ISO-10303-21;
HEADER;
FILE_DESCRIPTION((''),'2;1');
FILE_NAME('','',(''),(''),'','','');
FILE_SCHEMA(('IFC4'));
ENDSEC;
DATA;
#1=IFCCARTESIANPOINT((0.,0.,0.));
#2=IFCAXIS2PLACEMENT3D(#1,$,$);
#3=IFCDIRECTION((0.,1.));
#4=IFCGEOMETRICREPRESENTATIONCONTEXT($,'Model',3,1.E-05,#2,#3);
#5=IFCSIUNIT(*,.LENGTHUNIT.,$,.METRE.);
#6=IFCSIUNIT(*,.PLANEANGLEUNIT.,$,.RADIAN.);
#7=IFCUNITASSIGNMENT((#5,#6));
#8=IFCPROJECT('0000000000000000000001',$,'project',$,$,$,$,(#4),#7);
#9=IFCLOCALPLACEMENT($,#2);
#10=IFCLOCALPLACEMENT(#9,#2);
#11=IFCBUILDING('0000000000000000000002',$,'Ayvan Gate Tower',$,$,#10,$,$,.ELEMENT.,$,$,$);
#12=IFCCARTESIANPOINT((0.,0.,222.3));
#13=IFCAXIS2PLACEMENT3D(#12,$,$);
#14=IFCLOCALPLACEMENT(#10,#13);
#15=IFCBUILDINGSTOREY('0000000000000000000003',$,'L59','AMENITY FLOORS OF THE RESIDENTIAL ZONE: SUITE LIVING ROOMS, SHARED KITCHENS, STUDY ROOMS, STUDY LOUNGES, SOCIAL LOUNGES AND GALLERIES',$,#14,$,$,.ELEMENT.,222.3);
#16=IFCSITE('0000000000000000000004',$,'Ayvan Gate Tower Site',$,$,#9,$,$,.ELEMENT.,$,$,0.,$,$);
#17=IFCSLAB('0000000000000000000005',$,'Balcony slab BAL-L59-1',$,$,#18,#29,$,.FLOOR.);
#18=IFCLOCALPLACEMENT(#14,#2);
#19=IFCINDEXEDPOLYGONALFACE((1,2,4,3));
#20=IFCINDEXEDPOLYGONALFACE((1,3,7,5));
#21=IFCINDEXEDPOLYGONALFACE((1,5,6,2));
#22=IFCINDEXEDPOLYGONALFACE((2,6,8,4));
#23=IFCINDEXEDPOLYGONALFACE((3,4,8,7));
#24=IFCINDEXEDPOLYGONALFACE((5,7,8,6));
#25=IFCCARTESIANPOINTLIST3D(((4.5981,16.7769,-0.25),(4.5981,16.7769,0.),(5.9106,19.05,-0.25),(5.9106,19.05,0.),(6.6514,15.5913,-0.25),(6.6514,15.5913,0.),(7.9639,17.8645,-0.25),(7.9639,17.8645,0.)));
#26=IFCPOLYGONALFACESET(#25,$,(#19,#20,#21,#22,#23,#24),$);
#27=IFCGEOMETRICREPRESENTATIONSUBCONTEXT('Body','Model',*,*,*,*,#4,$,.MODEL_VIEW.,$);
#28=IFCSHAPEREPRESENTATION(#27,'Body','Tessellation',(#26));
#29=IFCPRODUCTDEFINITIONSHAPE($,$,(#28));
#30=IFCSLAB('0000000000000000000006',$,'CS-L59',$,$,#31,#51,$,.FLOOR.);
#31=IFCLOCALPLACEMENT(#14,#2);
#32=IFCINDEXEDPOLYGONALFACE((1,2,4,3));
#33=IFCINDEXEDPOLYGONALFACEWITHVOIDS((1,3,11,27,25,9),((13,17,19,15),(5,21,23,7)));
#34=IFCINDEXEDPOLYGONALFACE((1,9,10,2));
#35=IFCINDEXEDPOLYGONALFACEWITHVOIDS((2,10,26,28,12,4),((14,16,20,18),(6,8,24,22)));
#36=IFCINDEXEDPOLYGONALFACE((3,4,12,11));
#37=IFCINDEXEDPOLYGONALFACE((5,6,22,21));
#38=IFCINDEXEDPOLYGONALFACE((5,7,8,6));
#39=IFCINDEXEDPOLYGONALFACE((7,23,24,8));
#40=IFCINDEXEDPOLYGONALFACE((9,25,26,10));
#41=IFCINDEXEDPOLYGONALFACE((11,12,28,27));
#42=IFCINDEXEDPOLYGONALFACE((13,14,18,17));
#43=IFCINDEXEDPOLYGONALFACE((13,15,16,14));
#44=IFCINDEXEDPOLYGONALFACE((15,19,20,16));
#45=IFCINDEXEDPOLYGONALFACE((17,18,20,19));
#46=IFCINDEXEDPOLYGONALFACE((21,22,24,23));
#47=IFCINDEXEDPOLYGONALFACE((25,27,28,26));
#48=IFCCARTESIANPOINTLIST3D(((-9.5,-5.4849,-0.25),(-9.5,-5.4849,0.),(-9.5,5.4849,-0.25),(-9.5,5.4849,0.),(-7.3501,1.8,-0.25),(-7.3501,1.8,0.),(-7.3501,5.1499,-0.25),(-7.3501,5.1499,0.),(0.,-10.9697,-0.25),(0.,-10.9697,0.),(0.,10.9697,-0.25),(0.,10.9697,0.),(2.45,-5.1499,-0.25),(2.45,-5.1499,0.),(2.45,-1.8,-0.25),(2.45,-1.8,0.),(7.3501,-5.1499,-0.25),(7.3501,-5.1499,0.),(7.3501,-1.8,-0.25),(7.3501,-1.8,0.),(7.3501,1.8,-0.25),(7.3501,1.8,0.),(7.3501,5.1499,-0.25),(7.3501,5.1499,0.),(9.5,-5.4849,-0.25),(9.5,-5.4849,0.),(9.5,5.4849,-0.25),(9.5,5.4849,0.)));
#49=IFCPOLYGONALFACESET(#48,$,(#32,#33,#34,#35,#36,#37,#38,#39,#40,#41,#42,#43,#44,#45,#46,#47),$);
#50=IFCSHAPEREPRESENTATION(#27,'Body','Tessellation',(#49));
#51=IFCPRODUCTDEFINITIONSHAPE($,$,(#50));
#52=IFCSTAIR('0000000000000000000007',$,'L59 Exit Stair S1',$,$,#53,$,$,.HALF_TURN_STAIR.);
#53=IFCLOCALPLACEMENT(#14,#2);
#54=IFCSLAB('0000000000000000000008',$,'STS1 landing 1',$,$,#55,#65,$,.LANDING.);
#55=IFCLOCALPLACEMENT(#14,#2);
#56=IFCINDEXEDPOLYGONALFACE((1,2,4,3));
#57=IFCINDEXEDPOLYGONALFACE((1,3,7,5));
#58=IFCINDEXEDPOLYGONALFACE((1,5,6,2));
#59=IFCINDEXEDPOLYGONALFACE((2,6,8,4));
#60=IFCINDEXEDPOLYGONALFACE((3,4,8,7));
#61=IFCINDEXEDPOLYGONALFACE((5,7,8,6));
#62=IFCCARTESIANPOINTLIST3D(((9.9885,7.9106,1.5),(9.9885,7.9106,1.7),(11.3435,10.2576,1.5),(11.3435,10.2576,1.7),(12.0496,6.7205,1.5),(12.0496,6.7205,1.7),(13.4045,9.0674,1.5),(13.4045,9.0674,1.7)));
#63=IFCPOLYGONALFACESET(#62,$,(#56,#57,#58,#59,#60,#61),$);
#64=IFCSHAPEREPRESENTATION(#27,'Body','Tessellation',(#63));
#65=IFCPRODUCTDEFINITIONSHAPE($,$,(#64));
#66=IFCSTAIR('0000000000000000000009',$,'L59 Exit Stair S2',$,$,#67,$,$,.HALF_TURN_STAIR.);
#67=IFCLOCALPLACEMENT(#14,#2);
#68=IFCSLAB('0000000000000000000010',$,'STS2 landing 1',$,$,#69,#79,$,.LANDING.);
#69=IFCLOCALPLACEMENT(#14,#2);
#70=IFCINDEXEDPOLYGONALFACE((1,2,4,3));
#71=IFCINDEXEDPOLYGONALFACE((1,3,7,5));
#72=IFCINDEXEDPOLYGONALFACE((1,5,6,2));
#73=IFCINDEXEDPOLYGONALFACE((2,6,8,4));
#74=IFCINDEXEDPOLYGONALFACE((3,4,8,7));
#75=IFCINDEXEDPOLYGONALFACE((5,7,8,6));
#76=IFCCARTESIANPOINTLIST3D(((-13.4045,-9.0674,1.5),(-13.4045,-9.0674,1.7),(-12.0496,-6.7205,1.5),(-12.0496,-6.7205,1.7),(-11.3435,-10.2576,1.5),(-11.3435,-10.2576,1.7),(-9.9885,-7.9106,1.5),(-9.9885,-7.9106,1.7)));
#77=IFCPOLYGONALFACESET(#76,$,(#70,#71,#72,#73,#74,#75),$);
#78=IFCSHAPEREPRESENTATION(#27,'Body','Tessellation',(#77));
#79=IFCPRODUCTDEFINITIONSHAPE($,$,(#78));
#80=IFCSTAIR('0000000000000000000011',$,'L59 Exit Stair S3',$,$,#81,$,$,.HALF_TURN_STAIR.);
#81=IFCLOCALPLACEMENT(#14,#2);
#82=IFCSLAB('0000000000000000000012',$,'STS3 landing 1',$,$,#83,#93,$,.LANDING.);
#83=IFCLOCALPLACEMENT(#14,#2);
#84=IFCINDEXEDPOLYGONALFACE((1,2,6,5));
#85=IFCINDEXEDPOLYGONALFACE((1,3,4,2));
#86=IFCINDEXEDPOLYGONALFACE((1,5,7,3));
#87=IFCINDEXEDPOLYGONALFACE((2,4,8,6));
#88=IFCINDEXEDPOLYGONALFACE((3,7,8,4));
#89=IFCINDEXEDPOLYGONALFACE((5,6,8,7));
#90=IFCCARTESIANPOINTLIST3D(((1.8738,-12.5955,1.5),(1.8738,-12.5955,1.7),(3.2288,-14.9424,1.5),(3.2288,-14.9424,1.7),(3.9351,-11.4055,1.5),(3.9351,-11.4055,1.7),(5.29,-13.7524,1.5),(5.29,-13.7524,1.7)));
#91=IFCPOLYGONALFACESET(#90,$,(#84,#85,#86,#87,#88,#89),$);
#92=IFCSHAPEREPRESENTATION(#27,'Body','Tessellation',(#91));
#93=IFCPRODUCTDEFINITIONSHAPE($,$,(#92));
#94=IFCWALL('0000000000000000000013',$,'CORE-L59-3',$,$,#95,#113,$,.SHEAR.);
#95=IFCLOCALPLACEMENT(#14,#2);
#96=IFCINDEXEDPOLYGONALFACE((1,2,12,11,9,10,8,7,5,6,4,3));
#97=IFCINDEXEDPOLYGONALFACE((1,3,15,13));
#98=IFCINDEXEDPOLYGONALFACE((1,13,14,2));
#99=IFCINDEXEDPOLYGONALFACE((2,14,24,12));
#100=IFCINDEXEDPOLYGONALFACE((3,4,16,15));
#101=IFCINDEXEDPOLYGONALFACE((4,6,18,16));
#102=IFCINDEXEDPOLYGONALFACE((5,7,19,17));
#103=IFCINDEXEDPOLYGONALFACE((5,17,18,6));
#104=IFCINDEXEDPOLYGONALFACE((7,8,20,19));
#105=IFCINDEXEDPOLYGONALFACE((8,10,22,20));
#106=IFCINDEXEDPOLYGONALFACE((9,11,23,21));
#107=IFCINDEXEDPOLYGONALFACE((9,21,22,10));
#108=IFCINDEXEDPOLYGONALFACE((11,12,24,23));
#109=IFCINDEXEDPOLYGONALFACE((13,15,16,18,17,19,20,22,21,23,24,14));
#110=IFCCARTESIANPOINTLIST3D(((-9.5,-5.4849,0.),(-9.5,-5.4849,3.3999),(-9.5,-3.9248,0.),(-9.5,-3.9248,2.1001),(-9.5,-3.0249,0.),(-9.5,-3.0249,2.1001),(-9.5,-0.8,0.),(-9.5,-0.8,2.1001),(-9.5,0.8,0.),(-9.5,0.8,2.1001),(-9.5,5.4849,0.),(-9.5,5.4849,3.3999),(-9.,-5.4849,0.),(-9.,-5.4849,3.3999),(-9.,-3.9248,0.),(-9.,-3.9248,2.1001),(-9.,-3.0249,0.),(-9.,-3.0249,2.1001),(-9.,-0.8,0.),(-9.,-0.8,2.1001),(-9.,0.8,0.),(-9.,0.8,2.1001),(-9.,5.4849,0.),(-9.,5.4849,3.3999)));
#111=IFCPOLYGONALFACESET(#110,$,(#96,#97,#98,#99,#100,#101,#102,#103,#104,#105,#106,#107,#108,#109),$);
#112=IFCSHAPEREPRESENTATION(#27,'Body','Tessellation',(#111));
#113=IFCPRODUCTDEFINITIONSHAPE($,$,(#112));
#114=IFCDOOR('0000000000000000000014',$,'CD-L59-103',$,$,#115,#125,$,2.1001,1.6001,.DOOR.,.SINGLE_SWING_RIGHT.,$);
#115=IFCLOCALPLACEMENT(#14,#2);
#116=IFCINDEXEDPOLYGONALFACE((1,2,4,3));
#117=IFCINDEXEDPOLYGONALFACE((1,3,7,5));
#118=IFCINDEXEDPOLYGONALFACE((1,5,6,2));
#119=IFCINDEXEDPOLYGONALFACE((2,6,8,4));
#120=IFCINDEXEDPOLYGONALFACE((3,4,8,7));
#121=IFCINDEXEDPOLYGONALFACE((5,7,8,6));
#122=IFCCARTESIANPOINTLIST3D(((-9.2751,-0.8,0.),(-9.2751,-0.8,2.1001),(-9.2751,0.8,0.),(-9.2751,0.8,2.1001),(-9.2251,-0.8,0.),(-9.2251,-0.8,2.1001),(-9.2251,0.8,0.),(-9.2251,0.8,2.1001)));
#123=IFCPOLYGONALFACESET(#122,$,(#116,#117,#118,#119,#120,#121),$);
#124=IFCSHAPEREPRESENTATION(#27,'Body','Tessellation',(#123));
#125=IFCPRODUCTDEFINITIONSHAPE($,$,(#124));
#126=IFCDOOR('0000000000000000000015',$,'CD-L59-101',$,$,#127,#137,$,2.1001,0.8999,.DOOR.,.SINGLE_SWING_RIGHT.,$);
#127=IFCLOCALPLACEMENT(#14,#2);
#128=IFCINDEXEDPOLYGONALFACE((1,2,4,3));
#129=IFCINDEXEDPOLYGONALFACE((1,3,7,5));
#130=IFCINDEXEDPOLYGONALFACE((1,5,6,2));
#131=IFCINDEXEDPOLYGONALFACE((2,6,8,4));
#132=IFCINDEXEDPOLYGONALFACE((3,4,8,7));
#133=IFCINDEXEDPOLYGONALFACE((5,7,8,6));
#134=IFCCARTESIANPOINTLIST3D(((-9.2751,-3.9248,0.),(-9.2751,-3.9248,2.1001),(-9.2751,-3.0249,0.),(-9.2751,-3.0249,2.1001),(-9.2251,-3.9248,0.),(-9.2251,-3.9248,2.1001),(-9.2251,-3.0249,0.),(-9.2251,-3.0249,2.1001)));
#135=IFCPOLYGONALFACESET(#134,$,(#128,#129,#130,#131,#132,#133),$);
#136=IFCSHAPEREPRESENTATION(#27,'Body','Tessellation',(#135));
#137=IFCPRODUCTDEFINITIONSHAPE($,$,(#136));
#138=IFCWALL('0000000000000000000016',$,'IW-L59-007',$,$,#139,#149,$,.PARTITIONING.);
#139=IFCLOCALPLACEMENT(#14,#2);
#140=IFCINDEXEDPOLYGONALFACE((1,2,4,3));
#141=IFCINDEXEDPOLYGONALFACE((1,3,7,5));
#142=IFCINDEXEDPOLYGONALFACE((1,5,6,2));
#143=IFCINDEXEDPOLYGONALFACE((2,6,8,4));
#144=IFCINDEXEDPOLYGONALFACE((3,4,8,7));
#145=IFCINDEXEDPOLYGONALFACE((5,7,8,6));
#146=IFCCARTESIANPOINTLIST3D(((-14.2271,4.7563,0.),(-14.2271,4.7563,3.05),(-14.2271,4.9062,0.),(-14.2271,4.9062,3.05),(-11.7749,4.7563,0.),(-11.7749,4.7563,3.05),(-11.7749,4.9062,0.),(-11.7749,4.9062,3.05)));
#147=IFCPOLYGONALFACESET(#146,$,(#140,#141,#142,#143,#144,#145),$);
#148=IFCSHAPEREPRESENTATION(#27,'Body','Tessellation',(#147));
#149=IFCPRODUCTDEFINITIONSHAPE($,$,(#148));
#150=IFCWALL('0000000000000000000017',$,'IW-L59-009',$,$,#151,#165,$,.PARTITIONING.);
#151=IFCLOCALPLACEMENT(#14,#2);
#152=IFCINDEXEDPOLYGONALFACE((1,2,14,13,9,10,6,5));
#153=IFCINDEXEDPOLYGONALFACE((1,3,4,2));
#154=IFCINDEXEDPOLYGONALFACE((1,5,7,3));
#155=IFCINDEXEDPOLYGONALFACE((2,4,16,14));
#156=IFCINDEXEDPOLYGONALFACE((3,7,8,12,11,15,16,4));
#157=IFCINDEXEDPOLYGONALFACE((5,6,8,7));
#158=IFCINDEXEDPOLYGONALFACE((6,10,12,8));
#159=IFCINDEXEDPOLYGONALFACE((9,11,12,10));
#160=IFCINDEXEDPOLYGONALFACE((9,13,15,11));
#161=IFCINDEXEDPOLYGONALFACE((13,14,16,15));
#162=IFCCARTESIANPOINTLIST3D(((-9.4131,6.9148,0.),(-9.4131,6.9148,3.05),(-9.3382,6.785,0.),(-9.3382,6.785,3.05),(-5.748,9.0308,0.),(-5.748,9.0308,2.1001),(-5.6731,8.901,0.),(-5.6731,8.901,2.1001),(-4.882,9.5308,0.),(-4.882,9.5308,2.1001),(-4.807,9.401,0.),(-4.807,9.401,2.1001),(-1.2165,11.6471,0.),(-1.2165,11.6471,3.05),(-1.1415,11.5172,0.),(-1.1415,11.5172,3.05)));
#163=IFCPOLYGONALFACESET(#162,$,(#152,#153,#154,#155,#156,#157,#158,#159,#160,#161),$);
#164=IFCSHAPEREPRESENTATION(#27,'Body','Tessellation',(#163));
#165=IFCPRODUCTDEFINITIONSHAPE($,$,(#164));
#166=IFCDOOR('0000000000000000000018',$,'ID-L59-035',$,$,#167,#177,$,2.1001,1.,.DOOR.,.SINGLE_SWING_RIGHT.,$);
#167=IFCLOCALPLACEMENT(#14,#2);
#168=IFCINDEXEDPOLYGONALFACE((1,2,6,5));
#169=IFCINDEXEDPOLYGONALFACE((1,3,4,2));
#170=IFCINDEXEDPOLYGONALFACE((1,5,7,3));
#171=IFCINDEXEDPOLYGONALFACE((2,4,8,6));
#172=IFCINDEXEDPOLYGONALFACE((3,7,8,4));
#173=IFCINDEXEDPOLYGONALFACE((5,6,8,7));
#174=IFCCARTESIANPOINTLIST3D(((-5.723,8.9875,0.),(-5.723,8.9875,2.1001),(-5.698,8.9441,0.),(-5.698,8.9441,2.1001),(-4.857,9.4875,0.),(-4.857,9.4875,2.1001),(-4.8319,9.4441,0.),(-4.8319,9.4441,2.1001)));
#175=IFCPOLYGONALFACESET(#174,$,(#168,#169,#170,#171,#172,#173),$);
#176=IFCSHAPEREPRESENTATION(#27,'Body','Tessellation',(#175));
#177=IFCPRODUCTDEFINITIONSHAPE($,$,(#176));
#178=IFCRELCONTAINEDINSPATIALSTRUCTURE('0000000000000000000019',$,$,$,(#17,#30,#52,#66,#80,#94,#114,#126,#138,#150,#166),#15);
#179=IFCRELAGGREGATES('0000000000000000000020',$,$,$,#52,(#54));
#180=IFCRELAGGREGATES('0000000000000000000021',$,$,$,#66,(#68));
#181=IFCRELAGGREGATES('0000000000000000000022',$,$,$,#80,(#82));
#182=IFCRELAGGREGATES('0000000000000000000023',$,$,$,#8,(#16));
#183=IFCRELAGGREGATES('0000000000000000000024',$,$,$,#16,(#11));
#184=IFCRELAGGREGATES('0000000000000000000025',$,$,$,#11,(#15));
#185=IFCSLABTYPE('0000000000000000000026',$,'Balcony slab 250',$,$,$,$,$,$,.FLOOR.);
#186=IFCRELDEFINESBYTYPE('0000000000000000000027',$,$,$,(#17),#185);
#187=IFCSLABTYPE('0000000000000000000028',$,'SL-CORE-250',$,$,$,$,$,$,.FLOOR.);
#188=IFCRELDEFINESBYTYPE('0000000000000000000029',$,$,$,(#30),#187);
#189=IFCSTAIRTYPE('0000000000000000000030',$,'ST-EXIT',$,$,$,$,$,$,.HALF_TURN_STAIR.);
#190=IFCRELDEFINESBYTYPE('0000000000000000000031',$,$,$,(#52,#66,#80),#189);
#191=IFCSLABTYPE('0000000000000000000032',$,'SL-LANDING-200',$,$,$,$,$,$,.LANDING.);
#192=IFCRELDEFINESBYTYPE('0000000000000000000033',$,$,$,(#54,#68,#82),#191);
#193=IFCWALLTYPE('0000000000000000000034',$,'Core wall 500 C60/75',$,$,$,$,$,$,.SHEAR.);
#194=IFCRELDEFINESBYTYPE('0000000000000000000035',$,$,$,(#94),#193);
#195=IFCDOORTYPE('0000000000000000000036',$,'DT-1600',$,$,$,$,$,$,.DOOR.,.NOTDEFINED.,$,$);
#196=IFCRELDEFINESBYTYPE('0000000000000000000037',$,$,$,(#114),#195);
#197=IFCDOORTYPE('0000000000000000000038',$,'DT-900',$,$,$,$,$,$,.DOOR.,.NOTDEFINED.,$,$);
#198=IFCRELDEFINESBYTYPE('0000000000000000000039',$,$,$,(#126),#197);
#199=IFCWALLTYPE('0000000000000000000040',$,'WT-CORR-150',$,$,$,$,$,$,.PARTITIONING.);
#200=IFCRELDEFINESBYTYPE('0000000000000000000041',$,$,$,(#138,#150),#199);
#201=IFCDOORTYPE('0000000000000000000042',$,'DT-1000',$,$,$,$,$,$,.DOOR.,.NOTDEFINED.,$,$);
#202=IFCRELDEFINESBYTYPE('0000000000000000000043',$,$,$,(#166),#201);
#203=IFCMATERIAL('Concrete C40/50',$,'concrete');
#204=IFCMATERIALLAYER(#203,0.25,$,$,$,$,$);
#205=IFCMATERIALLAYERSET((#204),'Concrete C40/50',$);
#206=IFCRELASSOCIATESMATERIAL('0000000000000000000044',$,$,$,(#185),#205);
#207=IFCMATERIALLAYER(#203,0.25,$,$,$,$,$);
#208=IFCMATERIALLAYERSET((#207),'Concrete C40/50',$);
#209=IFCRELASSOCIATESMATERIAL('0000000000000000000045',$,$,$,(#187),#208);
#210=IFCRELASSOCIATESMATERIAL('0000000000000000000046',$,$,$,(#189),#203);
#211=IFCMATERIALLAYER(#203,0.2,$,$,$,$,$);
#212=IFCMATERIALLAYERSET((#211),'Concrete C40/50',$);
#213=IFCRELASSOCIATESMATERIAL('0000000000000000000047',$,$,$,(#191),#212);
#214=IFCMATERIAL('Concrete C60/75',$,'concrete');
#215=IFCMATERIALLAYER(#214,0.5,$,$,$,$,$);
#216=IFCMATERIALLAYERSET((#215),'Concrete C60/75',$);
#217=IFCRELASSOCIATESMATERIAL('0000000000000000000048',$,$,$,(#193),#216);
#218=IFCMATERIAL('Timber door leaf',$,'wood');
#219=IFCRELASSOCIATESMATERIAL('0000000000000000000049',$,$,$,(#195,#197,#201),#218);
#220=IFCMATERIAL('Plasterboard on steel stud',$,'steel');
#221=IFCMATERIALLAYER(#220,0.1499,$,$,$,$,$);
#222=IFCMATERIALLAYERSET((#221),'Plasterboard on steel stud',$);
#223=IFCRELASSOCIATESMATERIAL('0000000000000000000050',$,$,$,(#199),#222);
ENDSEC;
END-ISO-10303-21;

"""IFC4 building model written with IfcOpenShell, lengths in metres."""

from ifc_helpers import new_model, si_unit, direction, frame, frame_2d, origin, place, context, subcontext, project, spatial, polyline, rectangle, outline, extrude, material, layer, layer_set, type_object, element, fill, aggregate, save


model = new_model("IFC4")

# Units and contexts
model_context = context("Model", 3, precision=1e-05, world=origin(), true_north=direction((0.0, 1.0)))
body_context = subcontext(model_context, "Body", "Model", "MODEL_VIEW")
ifc_project = project(units=[si_unit("LENGTHUNIT", "METRE"), si_unit("PLANEANGLEUNIT", "RADIAN")], contexts=[model_context])

# Site, building, storey
site_placement = place(None, origin())
site = spatial("IfcSite", under=ifc_project, at=site_placement, Name="Ayvan Gate Tower Site", CompositionType="ELEMENT", RefElevation=0.0)
building_placement = place(site_placement, origin())
building = spatial("IfcBuilding", under=site, at=building_placement, Name="Ayvan Gate Tower", CompositionType="ELEMENT")
storey_placement = place(building_placement, frame((0.0, 0.0, 222.3)))
storey = spatial("IfcBuildingStorey", under=building, at=storey_placement, Name="L59", Description="AMENITY FLOORS OF THE RESIDENTIAL ZONE: SUITE LIVING ROOMS, SHARED KITCHENS, STUDY ROOMS, STUDY LOUNGES, SOCIAL LOUNGES AND GALLERIES", CompositionType="ELEMENT", Elevation=222.3)

# Slabs
ifc_material_1 = material(Name="Concrete C40/50", Category="concrete")
ifc_layer_1 = layer(ifc_material_1, 0.25)
ifc_layer_set_1 = layer_set([ifc_layer_1], Name="Concrete C40/50")
slab_type_1 = type_object("IfcSlabType", Name="Balcony slab 250", PredefinedType="FLOOR", material=ifc_layer_set_1)
slab_1_placement = place(storey_placement, frame((0.0, 0.0, -0.25)))
element("IfcSlab", 1, at=slab_1_placement, inside=storey, type_object=slab_type_1, Name="Balcony slab BAL-L59-1", PredefinedType="FLOOR", context=body_context, shape_type="SweptSolid", body=[
    extrude(outline(polyline([(6.6514, 15.5913), (4.5981, 16.7769), (5.9106, 19.05), (7.9639, 17.8645), (6.6514, 15.5913)])), origin(), (0.0, 0.0, 1.0), 0.25),
])
ifc_layer_2 = layer(ifc_material_1, 0.25)
ifc_layer_set_2 = layer_set([ifc_layer_2], Name="Concrete C40/50")
slab_type_2 = type_object("IfcSlabType", Name="SL-CORE-250", PredefinedType="FLOOR", material=ifc_layer_set_2)
slab_2_placement = place(storey_placement, frame((0.0, 0.0, -0.25)))
element("IfcSlab", 2, at=slab_2_placement, inside=storey, type_object=slab_type_2, Name="CS-L59", PredefinedType="FLOOR", context=body_context, shape_type="SweptSolid", body=[
    extrude(outline(polyline([(9.5, -5.4849), (0.0, -10.9697), (-9.5, -5.4849), (-9.5, 5.4849), (0.0, 10.9697), (9.5, 5.4849), (9.5, -5.4849)]), holes=[polyline([(-7.3501, 5.1499), (-7.3501, 1.8), (7.3501, 1.8), (7.3501, 5.1499), (-7.3501, 5.1499)]), polyline([(2.45, -1.8), (2.45, -5.1499), (7.3501, -5.1499), (7.3501, -1.8), (2.45, -1.8)])]), origin(), (0.0, 0.0, 1.0), 0.25),
])

# Stairs, slabs
stair_type = type_object("IfcStairType", Name="ST-EXIT", PredefinedType="HALF_TURN_STAIR", material=ifc_material_1)
stair_1_placement = place(storey_placement, origin())
stair_1 = element("IfcStair", 3, at=stair_1_placement, inside=storey, type_object=stair_type, Name="L59 Exit Stair S1", PredefinedType="HALF_TURN_STAIR")
ifc_layer_3 = layer(ifc_material_1, 0.2)
ifc_layer_set_3 = layer_set([ifc_layer_3], Name="Concrete C40/50")
slab_type_3 = type_object("IfcSlabType", Name="SL-LANDING-200", PredefinedType="LANDING", material=ifc_layer_set_3)
slab_3_placement = place(storey_placement, frame((0.0, 0.0, 1.5)))
slab_3 = element("IfcSlab", 4, at=slab_3_placement, type_object=slab_type_3, Name="STS1 landing 1", PredefinedType="LANDING", context=body_context, shape_type="SweptSolid", body=[
    extrude(outline(polyline([(9.9885, 7.9106), (12.0496, 6.7205), (13.4045, 9.0674), (11.3435, 10.2576), (9.9885, 7.9106)])), origin(), (0.0, 0.0, 1.0), 0.2),
])
aggregate(stair_1, [slab_3])
stair_2_placement = place(storey_placement, origin())
stair_2 = element("IfcStair", 5, at=stair_2_placement, inside=storey, type_object=stair_type, Name="L59 Exit Stair S2", PredefinedType="HALF_TURN_STAIR")
slab_4_placement = place(storey_placement, frame((0.0, 0.0, 1.5)))
slab_4 = element("IfcSlab", 6, at=slab_4_placement, type_object=slab_type_3, Name="STS2 landing 1", PredefinedType="LANDING", context=body_context, shape_type="SweptSolid", body=[
    extrude(outline(polyline([(-9.9885, -7.9106), (-12.0496, -6.7205), (-13.4045, -9.0674), (-11.3435, -10.2576), (-9.9885, -7.9106)])), origin(), (0.0, 0.0, 1.0), 0.2),
])
aggregate(stair_2, [slab_4])
stair_3_placement = place(storey_placement, origin())
stair_3 = element("IfcStair", 7, at=stair_3_placement, inside=storey, type_object=stair_type, Name="L59 Exit Stair S3", PredefinedType="HALF_TURN_STAIR")
slab_5_placement = place(storey_placement, frame((0.0, 0.0, 1.5)))
slab_5 = element("IfcSlab", 8, at=slab_5_placement, type_object=slab_type_3, Name="STS3 landing 1", PredefinedType="LANDING", context=body_context, shape_type="SweptSolid", body=[
    extrude(outline(polyline([(3.9351, -11.4055), (1.8738, -12.5955), (3.2288, -14.9424), (5.29, -13.7524), (3.9351, -11.4055)])), origin(), (0.0, 0.0, 1.0), 0.2),
])
aggregate(stair_3, [slab_5])

# Wall, openings, doors
ifc_material_2 = material(Name="Concrete C60/75", Category="concrete")
ifc_layer_4 = layer(ifc_material_2, 0.5)
ifc_layer_set_4 = layer_set([ifc_layer_4], Name="Concrete C60/75")
wall_type_1 = type_object("IfcWallType", Name="Core wall 500 C60/75", PredefinedType="SHEAR", material=ifc_layer_set_4)
wall_1_placement = place(storey_placement, frame((-9.25, 5.4849, 0.0), z_axis=(0.0, 0.0, 1.0), x_axis=(0.0, -1.0, 0.0)))
wall_1 = element("IfcWall", 9, at=wall_1_placement, inside=storey, type_object=wall_type_1, Name="CORE-L59-3", PredefinedType="SHEAR", context=body_context, shape_type="SweptSolid", body=[
    extrude(rectangle(XDim=10.9697, YDim=0.5, at=frame_2d((5.4849, 0.0))), origin(), (0.0, 0.0, 1.0), 3.3999),
])
opening_1_placement = place(wall_1_placement, frame((8.5098, 0.0, 0.0)))
opening_1 = element("IfcOpeningElement", 10, at=opening_1_placement, cuts=wall_1, PredefinedType="OPENING", context=body_context, shape_type="SweptSolid", body=[
    extrude(rectangle(XDim=0.8999, YDim=2.1001, at=frame_2d((0.45, 1.05))), frame((0.0, 0.26, 0.0), z_axis=(0.0, -1.0, 0.0), x_axis=(1.0, 0.0, 0.0)), (0.0, 0.0, 1.0), 0.52),
])
opening_2_placement = place(wall_1_placement, frame((4.6848, 0.0, 0.0)))
opening_2 = element("IfcOpeningElement", 11, at=opening_2_placement, cuts=wall_1, PredefinedType="OPENING", context=body_context, shape_type="SweptSolid", body=[
    extrude(rectangle(XDim=1.6001, YDim=2.1001, at=frame_2d((0.8, 1.05))), frame((0.0, 0.26, 0.0), z_axis=(0.0, -1.0, 0.0), x_axis=(1.0, 0.0, 0.0)), (0.0, 0.0, 1.0), 0.52),
])
ifc_material_3 = material(Name="Timber door leaf", Category="wood")
door_type_1 = type_object("IfcDoorType", Name="DT-1600", OperationType="NOTDEFINED", PredefinedType="DOOR", material=ifc_material_3)
door_1_placement = place(opening_2_placement, origin())
door_1 = element("IfcDoor", 12, at=door_1_placement, inside=storey, type_object=door_type_1, Name="CD-L59-103", OperationType="SINGLE_SWING_RIGHT", OverallHeight=2.1001, OverallWidth=1.6001, PredefinedType="DOOR", context=body_context, shape_type="SweptSolid", body=[
    extrude(rectangle(XDim=1.6001, YDim=2.1001, at=frame_2d((0.8, 1.05))), frame((0.0, 0.0249, 0.0), z_axis=(0.0, -1.0, 0.0), x_axis=(1.0, 0.0, 0.0)), (0.0, 0.0, 1.0), 0.05),
])
fill(opening_2, door_1)
door_type_2 = type_object("IfcDoorType", Name="DT-900", OperationType="NOTDEFINED", PredefinedType="DOOR", material=ifc_material_3)
door_2_placement = place(opening_1_placement, origin())
door_2 = element("IfcDoor", 13, at=door_2_placement, inside=storey, type_object=door_type_2, Name="CD-L59-101", OperationType="SINGLE_SWING_RIGHT", OverallHeight=2.1001, OverallWidth=0.8999, PredefinedType="DOOR", context=body_context, shape_type="SweptSolid", body=[
    extrude(rectangle(XDim=0.8999, YDim=2.1001, at=frame_2d((0.45, 1.05))), frame((0.0, 0.0249, 0.0), z_axis=(0.0, -1.0, 0.0), x_axis=(1.0, 0.0, 0.0)), (0.0, 0.0, 1.0), 0.05),
])
fill(opening_1, door_2)

# Wall
ifc_material_4 = material(Name="Plasterboard on steel stud", Category="steel")
ifc_layer_5 = layer(ifc_material_4, 0.1499)
ifc_layer_set_5 = layer_set([ifc_layer_5], Name="Plasterboard on steel stud")
wall_type_2 = type_object("IfcWallType", Name="WT-CORR-150", PredefinedType="PARTITIONING", material=ifc_layer_set_5)
wall_2_placement = place(storey_placement, frame((-11.7749, 4.8313, 0.0), z_axis=(0.0, 0.0, 1.0), x_axis=(-1.0, 0.0, 0.0)))
element("IfcWall", 14, at=wall_2_placement, inside=storey, type_object=wall_type_2, Name="IW-L59-007", PredefinedType="PARTITIONING", context=body_context, shape_type="SweptSolid", body=[
    extrude(rectangle(XDim=2.4521, YDim=0.1499, at=frame_2d((1.2261, 0.0))), origin(), (0.0, 0.0, 1.0), 3.05),
])

# Wall, opening, door
wall_3_placement = place(storey_placement, frame((-9.3757, 6.8499, 0.0), z_axis=(0.0, 0.0, 1.0), x_axis=(0.86603, 0.499993, 0.0)))
wall_3 = element("IfcWall", 15, at=wall_3_placement, inside=storey, type_object=wall_type_2, Name="IW-L59-009", PredefinedType="PARTITIONING", context=body_context, shape_type="SweptSolid", body=[
    extrude(rectangle(XDim=9.4646, YDim=0.1499, at=frame_2d((4.7324, 0.0))), origin(), (0.0, 0.0, 1.0), 3.05),
])
opening_3_placement = place(wall_3_placement, frame((4.2322, 0.0, 0.0)))
opening_3 = element("IfcOpeningElement", 16, at=opening_3_placement, cuts=wall_3, PredefinedType="OPENING", context=body_context, shape_type="SweptSolid", body=[
    extrude(rectangle(XDim=1.0, YDim=2.1001, at=frame_2d((0.5, 1.05))), frame((0.0, 0.085, 0.0), z_axis=(0.0, -1.0, 0.0), x_axis=(1.0, 0.0, 0.0)), (0.0, 0.0, 1.0), 0.1699),
])
door_type_3 = type_object("IfcDoorType", Name="DT-1000", OperationType="NOTDEFINED", PredefinedType="DOOR", material=ifc_material_3)
door_3_placement = place(opening_3_placement, origin())
door_3 = element("IfcDoor", 17, at=door_3_placement, inside=storey, type_object=door_type_3, Name="ID-L59-035", OperationType="SINGLE_SWING_RIGHT", OverallHeight=2.1001, OverallWidth=1.0, PredefinedType="DOOR", context=body_context, shape_type="SweptSolid", body=[
    extrude(rectangle(XDim=1.0, YDim=2.1001, at=frame_2d((0.5, 1.05))), frame((0.0, 0.0249, 0.0), z_axis=(0.0, -1.0, 0.0), x_axis=(1.0, 0.0, 0.0)), (0.0, 0.0, 1.0), 0.05),
])
fill(opening_3, door_3)

save(model, "model.ifc")
